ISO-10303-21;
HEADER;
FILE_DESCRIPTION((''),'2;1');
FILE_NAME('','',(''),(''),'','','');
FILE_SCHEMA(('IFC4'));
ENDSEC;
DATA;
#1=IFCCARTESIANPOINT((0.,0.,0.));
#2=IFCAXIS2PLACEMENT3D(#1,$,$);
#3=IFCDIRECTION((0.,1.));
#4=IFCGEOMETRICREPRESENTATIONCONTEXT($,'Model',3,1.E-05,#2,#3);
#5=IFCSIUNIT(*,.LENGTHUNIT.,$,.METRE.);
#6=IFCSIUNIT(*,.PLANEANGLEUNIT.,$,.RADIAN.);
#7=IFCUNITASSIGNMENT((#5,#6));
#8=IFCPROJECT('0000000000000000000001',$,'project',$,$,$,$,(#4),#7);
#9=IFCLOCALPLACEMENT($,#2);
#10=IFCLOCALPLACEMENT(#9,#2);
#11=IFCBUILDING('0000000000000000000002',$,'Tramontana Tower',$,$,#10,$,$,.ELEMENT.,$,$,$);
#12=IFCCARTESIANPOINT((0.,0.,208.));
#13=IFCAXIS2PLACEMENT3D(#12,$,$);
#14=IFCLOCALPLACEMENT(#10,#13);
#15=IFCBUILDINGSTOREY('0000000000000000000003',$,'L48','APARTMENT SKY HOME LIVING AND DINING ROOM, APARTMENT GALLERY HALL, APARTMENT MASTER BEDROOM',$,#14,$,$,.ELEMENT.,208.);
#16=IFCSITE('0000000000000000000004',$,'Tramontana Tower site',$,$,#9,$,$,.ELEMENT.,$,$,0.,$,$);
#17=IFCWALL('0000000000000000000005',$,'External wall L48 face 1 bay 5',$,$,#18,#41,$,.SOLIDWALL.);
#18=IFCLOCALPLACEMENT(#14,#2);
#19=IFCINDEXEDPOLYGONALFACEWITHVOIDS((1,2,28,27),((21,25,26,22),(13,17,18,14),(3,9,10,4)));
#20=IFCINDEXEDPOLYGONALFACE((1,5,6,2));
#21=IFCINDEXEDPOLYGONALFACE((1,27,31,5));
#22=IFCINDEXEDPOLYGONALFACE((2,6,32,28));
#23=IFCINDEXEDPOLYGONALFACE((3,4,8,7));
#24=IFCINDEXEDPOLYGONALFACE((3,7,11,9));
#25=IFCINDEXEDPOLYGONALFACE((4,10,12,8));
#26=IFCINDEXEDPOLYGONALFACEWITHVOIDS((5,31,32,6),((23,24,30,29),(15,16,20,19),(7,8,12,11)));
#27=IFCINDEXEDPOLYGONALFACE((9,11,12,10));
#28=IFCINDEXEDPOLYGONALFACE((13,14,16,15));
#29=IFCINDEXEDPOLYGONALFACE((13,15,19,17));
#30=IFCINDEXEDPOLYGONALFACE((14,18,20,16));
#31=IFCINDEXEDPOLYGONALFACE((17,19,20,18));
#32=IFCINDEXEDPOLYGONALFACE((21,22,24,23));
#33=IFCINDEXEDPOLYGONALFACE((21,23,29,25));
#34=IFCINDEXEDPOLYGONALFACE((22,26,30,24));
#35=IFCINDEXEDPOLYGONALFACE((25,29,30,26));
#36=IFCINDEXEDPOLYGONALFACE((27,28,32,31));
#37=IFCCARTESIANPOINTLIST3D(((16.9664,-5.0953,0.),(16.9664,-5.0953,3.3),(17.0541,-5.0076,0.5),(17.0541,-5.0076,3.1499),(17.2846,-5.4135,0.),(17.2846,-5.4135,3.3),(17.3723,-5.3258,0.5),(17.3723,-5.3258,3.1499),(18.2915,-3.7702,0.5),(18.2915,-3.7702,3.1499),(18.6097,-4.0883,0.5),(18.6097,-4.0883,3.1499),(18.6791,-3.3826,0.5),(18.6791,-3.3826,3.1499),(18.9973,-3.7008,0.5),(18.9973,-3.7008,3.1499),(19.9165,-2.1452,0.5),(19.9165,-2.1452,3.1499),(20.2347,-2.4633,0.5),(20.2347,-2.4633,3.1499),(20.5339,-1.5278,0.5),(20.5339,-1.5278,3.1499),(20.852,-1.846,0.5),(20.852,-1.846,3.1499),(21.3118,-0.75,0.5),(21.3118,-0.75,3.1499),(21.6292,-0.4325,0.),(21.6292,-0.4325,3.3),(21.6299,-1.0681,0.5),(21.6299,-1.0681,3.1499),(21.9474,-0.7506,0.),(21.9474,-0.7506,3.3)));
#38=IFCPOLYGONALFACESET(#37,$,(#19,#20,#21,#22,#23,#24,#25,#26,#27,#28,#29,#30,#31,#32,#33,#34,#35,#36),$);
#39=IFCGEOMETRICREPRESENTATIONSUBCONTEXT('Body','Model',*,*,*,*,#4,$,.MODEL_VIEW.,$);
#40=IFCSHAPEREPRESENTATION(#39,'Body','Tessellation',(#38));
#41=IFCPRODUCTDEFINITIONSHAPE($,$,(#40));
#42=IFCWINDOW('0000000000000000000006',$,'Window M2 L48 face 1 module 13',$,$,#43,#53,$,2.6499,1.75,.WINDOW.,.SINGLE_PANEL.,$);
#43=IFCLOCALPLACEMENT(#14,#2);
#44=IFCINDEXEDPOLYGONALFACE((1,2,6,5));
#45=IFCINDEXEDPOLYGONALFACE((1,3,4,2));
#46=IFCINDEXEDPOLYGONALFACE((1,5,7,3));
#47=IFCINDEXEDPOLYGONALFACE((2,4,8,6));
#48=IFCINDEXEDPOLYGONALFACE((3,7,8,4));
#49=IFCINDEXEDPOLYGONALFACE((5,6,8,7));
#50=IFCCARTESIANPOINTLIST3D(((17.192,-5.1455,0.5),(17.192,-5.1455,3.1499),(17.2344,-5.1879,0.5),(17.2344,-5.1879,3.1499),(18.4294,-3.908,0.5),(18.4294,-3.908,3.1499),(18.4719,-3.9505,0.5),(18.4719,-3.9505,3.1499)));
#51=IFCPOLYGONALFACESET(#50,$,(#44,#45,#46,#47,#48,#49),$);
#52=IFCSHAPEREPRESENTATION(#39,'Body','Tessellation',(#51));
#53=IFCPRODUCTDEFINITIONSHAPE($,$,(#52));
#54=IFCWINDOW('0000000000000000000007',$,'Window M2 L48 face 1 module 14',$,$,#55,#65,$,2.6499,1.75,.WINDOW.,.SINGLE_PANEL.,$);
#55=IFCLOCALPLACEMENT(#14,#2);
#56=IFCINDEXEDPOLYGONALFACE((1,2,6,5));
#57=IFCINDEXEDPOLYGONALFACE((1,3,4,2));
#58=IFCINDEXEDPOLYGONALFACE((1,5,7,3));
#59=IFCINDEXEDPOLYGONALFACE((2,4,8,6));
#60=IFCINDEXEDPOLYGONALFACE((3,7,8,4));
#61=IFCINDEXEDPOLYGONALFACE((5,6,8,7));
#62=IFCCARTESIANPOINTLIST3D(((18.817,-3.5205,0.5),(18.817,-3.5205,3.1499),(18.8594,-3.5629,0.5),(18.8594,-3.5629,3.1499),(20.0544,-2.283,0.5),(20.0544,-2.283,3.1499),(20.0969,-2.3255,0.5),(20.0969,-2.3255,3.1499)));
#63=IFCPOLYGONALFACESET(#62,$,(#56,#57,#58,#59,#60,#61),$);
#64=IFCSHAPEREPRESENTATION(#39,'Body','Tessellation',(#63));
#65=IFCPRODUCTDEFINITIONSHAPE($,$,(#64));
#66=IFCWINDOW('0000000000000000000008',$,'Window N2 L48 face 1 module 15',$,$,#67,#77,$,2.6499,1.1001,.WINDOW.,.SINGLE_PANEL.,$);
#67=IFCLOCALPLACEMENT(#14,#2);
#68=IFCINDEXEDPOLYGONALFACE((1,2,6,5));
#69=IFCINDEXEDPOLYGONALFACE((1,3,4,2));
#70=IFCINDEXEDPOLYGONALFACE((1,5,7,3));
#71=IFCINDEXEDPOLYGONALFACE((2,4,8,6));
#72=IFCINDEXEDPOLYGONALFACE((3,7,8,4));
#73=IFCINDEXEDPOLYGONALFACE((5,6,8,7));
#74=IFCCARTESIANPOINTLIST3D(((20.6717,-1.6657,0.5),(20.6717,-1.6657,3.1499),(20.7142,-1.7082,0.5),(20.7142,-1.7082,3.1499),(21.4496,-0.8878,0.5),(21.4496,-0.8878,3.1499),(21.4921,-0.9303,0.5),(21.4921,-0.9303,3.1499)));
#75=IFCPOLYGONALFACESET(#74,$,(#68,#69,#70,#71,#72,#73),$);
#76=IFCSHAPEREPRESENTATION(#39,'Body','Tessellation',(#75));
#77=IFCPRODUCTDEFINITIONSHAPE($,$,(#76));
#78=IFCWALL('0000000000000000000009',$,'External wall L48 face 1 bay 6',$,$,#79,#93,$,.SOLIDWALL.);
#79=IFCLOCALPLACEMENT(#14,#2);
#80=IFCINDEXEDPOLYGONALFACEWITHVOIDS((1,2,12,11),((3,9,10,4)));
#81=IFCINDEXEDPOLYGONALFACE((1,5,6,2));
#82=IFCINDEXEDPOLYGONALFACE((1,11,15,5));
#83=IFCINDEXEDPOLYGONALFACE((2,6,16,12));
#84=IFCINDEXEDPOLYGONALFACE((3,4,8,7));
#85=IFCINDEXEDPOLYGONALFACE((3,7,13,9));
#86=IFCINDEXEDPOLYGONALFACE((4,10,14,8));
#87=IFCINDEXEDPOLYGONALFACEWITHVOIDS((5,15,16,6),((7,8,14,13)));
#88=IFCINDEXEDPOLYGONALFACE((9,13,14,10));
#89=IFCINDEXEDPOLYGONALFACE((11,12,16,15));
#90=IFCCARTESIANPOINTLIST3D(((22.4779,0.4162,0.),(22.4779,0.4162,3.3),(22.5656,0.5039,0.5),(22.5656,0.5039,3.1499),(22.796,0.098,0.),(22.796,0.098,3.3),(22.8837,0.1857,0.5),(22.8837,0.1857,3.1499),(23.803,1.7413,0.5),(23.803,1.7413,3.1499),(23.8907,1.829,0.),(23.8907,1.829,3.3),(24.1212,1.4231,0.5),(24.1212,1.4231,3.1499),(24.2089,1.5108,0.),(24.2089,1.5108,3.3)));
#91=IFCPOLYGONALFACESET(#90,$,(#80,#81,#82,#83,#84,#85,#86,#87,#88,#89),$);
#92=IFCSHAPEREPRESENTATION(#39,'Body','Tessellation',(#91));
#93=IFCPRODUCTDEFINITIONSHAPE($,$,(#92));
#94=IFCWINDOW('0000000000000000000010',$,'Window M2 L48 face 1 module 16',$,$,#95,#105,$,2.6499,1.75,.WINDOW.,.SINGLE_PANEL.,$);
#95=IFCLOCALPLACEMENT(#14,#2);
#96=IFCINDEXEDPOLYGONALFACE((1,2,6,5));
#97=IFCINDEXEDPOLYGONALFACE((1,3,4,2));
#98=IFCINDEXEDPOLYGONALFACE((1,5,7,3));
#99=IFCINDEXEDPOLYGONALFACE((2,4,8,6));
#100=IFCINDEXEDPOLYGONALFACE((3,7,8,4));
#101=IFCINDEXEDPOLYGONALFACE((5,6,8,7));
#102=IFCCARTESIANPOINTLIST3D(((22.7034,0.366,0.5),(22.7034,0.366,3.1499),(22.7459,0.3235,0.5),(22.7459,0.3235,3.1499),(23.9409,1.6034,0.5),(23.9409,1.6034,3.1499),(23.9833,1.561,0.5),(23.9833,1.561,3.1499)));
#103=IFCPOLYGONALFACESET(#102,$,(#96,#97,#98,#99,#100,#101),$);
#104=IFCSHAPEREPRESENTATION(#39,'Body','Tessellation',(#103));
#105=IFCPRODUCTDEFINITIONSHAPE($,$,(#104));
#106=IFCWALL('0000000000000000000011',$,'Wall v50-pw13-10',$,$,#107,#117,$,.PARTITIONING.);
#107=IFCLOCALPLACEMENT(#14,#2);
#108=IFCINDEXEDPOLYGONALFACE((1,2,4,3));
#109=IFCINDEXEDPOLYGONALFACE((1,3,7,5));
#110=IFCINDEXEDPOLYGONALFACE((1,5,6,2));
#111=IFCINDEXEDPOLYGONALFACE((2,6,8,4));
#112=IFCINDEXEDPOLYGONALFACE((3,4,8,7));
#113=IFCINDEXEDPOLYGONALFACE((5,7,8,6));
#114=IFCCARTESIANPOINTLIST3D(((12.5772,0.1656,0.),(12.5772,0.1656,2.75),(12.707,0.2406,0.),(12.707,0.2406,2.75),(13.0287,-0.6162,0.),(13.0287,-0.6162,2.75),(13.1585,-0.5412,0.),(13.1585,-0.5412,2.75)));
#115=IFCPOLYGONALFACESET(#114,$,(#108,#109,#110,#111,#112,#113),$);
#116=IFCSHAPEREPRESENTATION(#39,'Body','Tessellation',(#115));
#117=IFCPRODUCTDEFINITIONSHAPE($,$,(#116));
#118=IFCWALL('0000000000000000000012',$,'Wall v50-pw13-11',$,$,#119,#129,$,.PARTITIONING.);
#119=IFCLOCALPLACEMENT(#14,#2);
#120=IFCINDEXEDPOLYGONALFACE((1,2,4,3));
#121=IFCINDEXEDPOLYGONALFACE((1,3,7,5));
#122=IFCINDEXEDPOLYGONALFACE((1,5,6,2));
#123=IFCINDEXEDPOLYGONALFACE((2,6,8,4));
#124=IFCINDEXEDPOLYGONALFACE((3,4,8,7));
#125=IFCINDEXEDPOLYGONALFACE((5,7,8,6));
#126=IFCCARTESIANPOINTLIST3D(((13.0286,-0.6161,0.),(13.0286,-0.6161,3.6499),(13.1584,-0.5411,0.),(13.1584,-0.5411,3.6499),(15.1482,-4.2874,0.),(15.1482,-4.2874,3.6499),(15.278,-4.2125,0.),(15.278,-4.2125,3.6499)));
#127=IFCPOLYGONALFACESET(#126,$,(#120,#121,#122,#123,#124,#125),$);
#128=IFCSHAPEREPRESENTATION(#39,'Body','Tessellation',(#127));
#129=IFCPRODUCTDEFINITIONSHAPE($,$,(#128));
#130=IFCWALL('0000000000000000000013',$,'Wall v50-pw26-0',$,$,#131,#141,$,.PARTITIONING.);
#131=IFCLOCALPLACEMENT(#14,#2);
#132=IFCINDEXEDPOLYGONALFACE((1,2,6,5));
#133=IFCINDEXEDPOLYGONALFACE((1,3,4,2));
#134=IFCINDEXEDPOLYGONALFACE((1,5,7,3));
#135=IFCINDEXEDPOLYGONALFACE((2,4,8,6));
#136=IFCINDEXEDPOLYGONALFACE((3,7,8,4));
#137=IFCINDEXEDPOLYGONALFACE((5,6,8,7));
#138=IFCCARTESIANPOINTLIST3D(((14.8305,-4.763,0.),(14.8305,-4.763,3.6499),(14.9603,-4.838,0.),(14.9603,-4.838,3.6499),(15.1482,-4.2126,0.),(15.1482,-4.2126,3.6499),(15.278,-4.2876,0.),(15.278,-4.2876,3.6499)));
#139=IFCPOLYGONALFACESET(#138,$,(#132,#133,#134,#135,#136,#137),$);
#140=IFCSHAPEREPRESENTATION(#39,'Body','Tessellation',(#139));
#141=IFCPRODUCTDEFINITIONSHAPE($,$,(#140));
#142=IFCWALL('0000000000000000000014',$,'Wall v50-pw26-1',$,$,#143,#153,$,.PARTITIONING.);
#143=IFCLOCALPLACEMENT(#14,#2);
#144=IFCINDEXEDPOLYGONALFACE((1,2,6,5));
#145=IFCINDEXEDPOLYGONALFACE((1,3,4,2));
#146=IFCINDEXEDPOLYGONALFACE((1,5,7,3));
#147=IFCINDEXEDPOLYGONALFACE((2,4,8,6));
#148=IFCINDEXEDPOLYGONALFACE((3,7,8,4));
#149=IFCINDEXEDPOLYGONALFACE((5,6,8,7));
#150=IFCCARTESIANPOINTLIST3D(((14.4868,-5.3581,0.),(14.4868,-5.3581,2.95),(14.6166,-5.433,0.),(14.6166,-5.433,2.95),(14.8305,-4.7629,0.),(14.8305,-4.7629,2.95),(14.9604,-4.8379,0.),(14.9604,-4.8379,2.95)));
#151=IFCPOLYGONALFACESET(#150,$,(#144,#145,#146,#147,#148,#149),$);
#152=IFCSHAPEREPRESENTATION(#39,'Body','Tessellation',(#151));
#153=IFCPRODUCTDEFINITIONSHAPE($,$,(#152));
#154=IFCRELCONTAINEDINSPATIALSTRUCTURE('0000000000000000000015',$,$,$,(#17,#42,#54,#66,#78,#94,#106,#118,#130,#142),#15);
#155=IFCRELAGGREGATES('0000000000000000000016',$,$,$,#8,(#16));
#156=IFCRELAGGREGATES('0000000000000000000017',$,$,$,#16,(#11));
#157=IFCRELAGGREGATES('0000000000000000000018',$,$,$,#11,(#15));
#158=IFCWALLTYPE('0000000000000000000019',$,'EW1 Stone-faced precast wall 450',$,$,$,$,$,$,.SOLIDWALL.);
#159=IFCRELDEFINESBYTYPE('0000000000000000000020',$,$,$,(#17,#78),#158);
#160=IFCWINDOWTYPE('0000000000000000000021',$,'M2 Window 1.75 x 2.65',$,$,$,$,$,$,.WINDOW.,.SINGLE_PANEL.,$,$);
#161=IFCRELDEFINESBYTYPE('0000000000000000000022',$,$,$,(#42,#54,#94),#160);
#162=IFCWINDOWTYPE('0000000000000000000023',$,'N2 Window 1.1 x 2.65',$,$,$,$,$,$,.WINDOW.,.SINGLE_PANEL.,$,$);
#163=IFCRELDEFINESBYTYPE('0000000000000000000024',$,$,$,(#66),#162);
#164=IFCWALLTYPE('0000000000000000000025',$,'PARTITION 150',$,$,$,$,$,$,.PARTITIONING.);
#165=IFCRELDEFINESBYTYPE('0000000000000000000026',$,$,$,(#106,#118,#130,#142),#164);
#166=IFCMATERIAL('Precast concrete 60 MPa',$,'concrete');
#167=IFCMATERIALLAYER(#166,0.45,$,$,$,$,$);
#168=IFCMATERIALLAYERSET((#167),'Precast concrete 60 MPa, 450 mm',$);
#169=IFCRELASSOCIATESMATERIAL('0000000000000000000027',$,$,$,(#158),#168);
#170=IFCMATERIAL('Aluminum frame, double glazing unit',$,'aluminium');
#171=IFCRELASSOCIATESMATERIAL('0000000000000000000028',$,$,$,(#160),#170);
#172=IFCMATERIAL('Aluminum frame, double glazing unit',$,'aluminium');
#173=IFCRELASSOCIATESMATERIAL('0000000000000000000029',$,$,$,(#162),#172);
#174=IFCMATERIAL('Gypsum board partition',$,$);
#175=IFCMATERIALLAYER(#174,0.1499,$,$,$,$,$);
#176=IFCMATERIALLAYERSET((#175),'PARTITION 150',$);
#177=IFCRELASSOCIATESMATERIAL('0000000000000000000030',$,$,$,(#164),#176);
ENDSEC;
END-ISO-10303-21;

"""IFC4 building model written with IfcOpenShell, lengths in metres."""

from ifc_helpers import new_model, si_unit, direction, frame, frame_2d, origin, place, context, subcontext, project, spatial, rectangle, extrude, material, layer, layer_set, type_object, element, fill, save


model = new_model("IFC4")

# Units and contexts
model_context = context("Model", 3, precision=1e-05, world=origin(), true_north=direction((0.0, 1.0)))
body_context = subcontext(model_context, "Body", "Model", "MODEL_VIEW")
ifc_project = project(units=[si_unit("LENGTHUNIT", "METRE"), si_unit("PLANEANGLEUNIT", "RADIAN")], contexts=[model_context])

# Site, building, storey
site_placement = place(None, origin())
site = spatial("IfcSite", under=ifc_project, at=site_placement, Name="Tramontana Tower site", CompositionType="ELEMENT", RefElevation=0.0)
building_placement = place(site_placement, origin())
building = spatial("IfcBuilding", under=site, at=building_placement, Name="Tramontana Tower", CompositionType="ELEMENT")
storey_placement = place(building_placement, frame((0.0, 0.0, 208.0)))
storey = spatial("IfcBuildingStorey", under=building, at=storey_placement, Name="L48", Description="APARTMENT SKY HOME LIVING AND DINING ROOM, APARTMENT GALLERY HALL, APARTMENT MASTER BEDROOM", CompositionType="ELEMENT", Elevation=208.0)

# Wall, openings, windows
ifc_material_1 = material(Name="Precast concrete 60 MPa", Category="concrete")
ifc_layer_1 = layer(ifc_material_1, 0.45)
ifc_layer_set_1 = layer_set([ifc_layer_1], Name="Precast concrete 60 MPa, 450 mm")
wall_type_1 = type_object("IfcWallType", Name="EW1 Stone-faced precast wall 450", PredefinedType="SOLIDWALL", material=ifc_layer_set_1)
wall_1_placement = place(storey_placement, frame((17.1255, -5.2544, 0.0), z_axis=(0.0, 0.0, 1.0), x_axis=(0.707107, 0.707107, 0.0)))
wall_1 = element("IfcWall", 1, at=wall_1_placement, inside=storey, type_object=wall_type_1, Name="External wall L48 face 1 bay 5", PredefinedType="SOLIDWALL", context=body_context, shape_type="SweptSolid", body=[
    extrude(rectangle(XDim=6.5942, YDim=0.45, at=frame_2d((3.2971, 0.0))), origin(), (0.0, 0.0, 1.0), 3.3),
])
opening_1_placement = place(wall_1_placement, frame((0.124, 0.0, 0.5)))
opening_1 = element("IfcOpeningElement", 2, at=opening_1_placement, cuts=wall_1, PredefinedType="OPENING", context=body_context, shape_type="SweptSolid", body=[
    extrude(rectangle(XDim=1.75, YDim=2.6499, at=frame_2d((0.875, 1.325))), frame((0.0, 0.2349, 0.0), z_axis=(0.0, -1.0, 0.0), x_axis=(1.0, 0.0, 0.0)), (0.0, 0.0, 1.0), 0.47),
])
opening_2_placement = place(wall_1_placement, frame((2.4221, 0.0, 0.5)))
opening_2 = element("IfcOpeningElement", 3, at=opening_2_placement, cuts=wall_1, PredefinedType="OPENING", context=body_context, shape_type="SweptSolid", body=[
    extrude(rectangle(XDim=1.75, YDim=2.6499, at=frame_2d((0.875, 1.325))), frame((0.0, 0.2349, 0.0), z_axis=(0.0, -1.0, 0.0), x_axis=(1.0, 0.0, 0.0)), (0.0, 0.0, 1.0), 0.47),
])
opening_3_placement = place(wall_1_placement, frame((5.0452, 0.0, 0.5)))
opening_3 = element("IfcOpeningElement", 4, at=opening_3_placement, cuts=wall_1, PredefinedType="OPENING", context=body_context, shape_type="SweptSolid", body=[
    extrude(rectangle(XDim=1.1001, YDim=2.6499, at=frame_2d((0.55, 1.325))), frame((0.0, 0.2349, 0.0), z_axis=(0.0, -1.0, 0.0), x_axis=(1.0, 0.0, 0.0)), (0.0, 0.0, 1.0), 0.47),
])
ifc_material_2 = material(Name="Aluminum frame, double glazing unit", Category="aluminium")
window_type_1 = type_object("IfcWindowType", Name="M2 Window 1.75 x 2.65", PartitioningType="SINGLE_PANEL", PredefinedType="WINDOW", material=ifc_material_2)
window_1_placement = place(opening_1_placement, origin())
window_1 = element("IfcWindow", 5, at=window_1_placement, inside=storey, type_object=window_type_1, Name="Window M2 L48 face 1 module 13", OverallHeight=2.6499, OverallWidth=1.75, PartitioningType="SINGLE_PANEL", PredefinedType="WINDOW", context=body_context, shape_type="SweptSolid", body=[
    extrude(rectangle(XDim=1.75, YDim=2.6499, at=frame_2d((0.875, 1.325))), frame((0.0, 0.03, 0.0), z_axis=(0.0, -1.0, 0.0), x_axis=(1.0, 0.0, 0.0)), (0.0, 0.0, 1.0), 0.0601),
])
fill(opening_1, window_1)
window_2_placement = place(opening_2_placement, origin())
window_2 = element("IfcWindow", 6, at=window_2_placement, inside=storey, type_object=window_type_1, Name="Window M2 L48 face 1 module 14", OverallHeight=2.6499, OverallWidth=1.75, PartitioningType="SINGLE_PANEL", PredefinedType="WINDOW", context=body_context, shape_type="SweptSolid", body=[
    extrude(rectangle(XDim=1.75, YDim=2.6499, at=frame_2d((0.875, 1.325))), frame((0.0, 0.03, 0.0), z_axis=(0.0, -1.0, 0.0), x_axis=(1.0, 0.0, 0.0)), (0.0, 0.0, 1.0), 0.0601),
])
fill(opening_2, window_2)
ifc_material_3 = material(Name="Aluminum frame, double glazing unit", Category="aluminium")
window_type_2 = type_object("IfcWindowType", Name="N2 Window 1.1 x 2.65", PartitioningType="SINGLE_PANEL", PredefinedType="WINDOW", material=ifc_material_3)
window_3_placement = place(opening_3_placement, origin())
window_3 = element("IfcWindow", 7, at=window_3_placement, inside=storey, type_object=window_type_2, Name="Window N2 L48 face 1 module 15", OverallHeight=2.6499, OverallWidth=1.1001, PartitioningType="SINGLE_PANEL", PredefinedType="WINDOW", context=body_context, shape_type="SweptSolid", body=[
    extrude(rectangle(XDim=1.1001, YDim=2.6499, at=frame_2d((0.55, 1.325))), frame((0.0, 0.03, 0.0), z_axis=(0.0, -1.0, 0.0), x_axis=(1.0, 0.0, 0.0)), (0.0, 0.0, 1.0), 0.0601),
])
fill(opening_3, window_3)

# Wall, opening, window
wall_2_placement = place(storey_placement, frame((22.637, 0.2571, 0.0), z_axis=(0.0, 0.0, 1.0), x_axis=(0.707107, 0.707107, 0.0)))
wall_2 = element("IfcWall", 8, at=wall_2_placement, inside=storey, type_object=wall_type_1, Name="External wall L48 face 1 bay 6", PredefinedType="SOLIDWALL", context=body_context, shape_type="SweptSolid", body=[
    extrude(rectangle(XDim=1.998, YDim=0.45, at=frame_2d((0.999, 0.0))), origin(), (0.0, 0.0, 1.0), 3.3),
])
opening_4_placement = place(wall_2_placement, frame((0.124, 0.0, 0.5)))
opening_4 = element("IfcOpeningElement", 9, at=opening_4_placement, cuts=wall_2, PredefinedType="OPENING", context=body_context, shape_type="SweptSolid", body=[
    extrude(rectangle(XDim=1.75, YDim=2.6499, at=frame_2d((0.875, 1.325))), frame((0.0, 0.2349, 0.0), z_axis=(0.0, -1.0, 0.0), x_axis=(1.0, 0.0, 0.0)), (0.0, 0.0, 1.0), 0.47),
])
window_4_placement = place(opening_4_placement, origin())
window_4 = element("IfcWindow", 10, at=window_4_placement, inside=storey, type_object=window_type_1, Name="Window M2 L48 face 1 module 16", OverallHeight=2.6499, OverallWidth=1.75, PartitioningType="SINGLE_PANEL", PredefinedType="WINDOW", context=body_context, shape_type="SweptSolid", body=[
    extrude(rectangle(XDim=1.75, YDim=2.6499, at=frame_2d((0.875, 1.325))), frame((0.0, 0.03, 0.0), z_axis=(0.0, -1.0, 0.0), x_axis=(1.0, 0.0, 0.0)), (0.0, 0.0, 1.0), 0.0601),
])
fill(opening_4, window_4)

# Walls
ifc_material_4 = material(Name="Gypsum board partition")
ifc_layer_2 = layer(ifc_material_4, 0.1499)
ifc_layer_set_2 = layer_set([ifc_layer_2], Name="PARTITION 150")
wall_type_2 = type_object("IfcWallType", Name="PARTITION 150", PredefinedType="PARTITIONING", material=ifc_layer_set_2)
wall_3_placement = place(storey_placement, frame((12.6421, 0.2031, 0.0), z_axis=(0.0, 0.0, 1.0), x_axis=(0.500066, -0.865987, 0.0)))
element("IfcWall", 11, at=wall_3_placement, inside=storey, type_object=wall_type_2, Name="Wall v50-pw13-10", PredefinedType="PARTITIONING", context=body_context, shape_type="SweptSolid", body=[
    extrude(rectangle(XDim=0.9028, YDim=0.1499, at=frame_2d((0.4514, 0.0))), origin(), (0.0, 0.0, 1.0), 2.75),
])
wall_4_placement = place(storey_placement, frame((13.0935, -0.5786, 0.0), z_axis=(0.0, 0.0, 1.0), x_axis=(0.499992, -0.86603, 0.0)))
element("IfcWall", 12, at=wall_4_placement, inside=storey, type_object=wall_type_2, Name="Wall v50-pw13-11", PredefinedType="PARTITIONING", context=body_context, shape_type="SweptSolid", body=[
    extrude(rectangle(XDim=4.2393, YDim=0.1499, at=frame_2d((2.1196, 0.0))), origin(), (0.0, 0.0, 1.0), 3.6499),
])
wall_5_placement = place(storey_placement, frame((15.2131, -4.25, 0.0), z_axis=(0.0, 0.0, 1.0), x_axis=(-0.4999, -0.866083, 0.0)))
element("IfcWall", 13, at=wall_5_placement, inside=storey, type_object=wall_type_2, Name="Wall v50-pw26-0", PredefinedType="PARTITIONING", context=body_context, shape_type="SweptSolid", body=[
    extrude(rectangle(XDim=0.6355, YDim=0.1499, at=frame_2d((0.3179, 0.0))), origin(), (0.0, 0.0, 1.0), 3.6499),
])
wall_6_placement = place(storey_placement, frame((14.8955, -4.8003, 0.0), z_axis=(0.0, 0.0, 1.0), x_axis=(-0.500112, -0.865961, 0.0)))
element("IfcWall", 14, at=wall_6_placement, inside=storey, type_object=wall_type_2, Name="Wall v50-pw26-1", PredefinedType="PARTITIONING", context=body_context, shape_type="SweptSolid", body=[
    extrude(rectangle(XDim=0.6873, YDim=0.1499, at=frame_2d((0.3438, 0.0))), origin(), (0.0, 0.0, 1.0), 2.95),
])

save(model, "model.ifc")
